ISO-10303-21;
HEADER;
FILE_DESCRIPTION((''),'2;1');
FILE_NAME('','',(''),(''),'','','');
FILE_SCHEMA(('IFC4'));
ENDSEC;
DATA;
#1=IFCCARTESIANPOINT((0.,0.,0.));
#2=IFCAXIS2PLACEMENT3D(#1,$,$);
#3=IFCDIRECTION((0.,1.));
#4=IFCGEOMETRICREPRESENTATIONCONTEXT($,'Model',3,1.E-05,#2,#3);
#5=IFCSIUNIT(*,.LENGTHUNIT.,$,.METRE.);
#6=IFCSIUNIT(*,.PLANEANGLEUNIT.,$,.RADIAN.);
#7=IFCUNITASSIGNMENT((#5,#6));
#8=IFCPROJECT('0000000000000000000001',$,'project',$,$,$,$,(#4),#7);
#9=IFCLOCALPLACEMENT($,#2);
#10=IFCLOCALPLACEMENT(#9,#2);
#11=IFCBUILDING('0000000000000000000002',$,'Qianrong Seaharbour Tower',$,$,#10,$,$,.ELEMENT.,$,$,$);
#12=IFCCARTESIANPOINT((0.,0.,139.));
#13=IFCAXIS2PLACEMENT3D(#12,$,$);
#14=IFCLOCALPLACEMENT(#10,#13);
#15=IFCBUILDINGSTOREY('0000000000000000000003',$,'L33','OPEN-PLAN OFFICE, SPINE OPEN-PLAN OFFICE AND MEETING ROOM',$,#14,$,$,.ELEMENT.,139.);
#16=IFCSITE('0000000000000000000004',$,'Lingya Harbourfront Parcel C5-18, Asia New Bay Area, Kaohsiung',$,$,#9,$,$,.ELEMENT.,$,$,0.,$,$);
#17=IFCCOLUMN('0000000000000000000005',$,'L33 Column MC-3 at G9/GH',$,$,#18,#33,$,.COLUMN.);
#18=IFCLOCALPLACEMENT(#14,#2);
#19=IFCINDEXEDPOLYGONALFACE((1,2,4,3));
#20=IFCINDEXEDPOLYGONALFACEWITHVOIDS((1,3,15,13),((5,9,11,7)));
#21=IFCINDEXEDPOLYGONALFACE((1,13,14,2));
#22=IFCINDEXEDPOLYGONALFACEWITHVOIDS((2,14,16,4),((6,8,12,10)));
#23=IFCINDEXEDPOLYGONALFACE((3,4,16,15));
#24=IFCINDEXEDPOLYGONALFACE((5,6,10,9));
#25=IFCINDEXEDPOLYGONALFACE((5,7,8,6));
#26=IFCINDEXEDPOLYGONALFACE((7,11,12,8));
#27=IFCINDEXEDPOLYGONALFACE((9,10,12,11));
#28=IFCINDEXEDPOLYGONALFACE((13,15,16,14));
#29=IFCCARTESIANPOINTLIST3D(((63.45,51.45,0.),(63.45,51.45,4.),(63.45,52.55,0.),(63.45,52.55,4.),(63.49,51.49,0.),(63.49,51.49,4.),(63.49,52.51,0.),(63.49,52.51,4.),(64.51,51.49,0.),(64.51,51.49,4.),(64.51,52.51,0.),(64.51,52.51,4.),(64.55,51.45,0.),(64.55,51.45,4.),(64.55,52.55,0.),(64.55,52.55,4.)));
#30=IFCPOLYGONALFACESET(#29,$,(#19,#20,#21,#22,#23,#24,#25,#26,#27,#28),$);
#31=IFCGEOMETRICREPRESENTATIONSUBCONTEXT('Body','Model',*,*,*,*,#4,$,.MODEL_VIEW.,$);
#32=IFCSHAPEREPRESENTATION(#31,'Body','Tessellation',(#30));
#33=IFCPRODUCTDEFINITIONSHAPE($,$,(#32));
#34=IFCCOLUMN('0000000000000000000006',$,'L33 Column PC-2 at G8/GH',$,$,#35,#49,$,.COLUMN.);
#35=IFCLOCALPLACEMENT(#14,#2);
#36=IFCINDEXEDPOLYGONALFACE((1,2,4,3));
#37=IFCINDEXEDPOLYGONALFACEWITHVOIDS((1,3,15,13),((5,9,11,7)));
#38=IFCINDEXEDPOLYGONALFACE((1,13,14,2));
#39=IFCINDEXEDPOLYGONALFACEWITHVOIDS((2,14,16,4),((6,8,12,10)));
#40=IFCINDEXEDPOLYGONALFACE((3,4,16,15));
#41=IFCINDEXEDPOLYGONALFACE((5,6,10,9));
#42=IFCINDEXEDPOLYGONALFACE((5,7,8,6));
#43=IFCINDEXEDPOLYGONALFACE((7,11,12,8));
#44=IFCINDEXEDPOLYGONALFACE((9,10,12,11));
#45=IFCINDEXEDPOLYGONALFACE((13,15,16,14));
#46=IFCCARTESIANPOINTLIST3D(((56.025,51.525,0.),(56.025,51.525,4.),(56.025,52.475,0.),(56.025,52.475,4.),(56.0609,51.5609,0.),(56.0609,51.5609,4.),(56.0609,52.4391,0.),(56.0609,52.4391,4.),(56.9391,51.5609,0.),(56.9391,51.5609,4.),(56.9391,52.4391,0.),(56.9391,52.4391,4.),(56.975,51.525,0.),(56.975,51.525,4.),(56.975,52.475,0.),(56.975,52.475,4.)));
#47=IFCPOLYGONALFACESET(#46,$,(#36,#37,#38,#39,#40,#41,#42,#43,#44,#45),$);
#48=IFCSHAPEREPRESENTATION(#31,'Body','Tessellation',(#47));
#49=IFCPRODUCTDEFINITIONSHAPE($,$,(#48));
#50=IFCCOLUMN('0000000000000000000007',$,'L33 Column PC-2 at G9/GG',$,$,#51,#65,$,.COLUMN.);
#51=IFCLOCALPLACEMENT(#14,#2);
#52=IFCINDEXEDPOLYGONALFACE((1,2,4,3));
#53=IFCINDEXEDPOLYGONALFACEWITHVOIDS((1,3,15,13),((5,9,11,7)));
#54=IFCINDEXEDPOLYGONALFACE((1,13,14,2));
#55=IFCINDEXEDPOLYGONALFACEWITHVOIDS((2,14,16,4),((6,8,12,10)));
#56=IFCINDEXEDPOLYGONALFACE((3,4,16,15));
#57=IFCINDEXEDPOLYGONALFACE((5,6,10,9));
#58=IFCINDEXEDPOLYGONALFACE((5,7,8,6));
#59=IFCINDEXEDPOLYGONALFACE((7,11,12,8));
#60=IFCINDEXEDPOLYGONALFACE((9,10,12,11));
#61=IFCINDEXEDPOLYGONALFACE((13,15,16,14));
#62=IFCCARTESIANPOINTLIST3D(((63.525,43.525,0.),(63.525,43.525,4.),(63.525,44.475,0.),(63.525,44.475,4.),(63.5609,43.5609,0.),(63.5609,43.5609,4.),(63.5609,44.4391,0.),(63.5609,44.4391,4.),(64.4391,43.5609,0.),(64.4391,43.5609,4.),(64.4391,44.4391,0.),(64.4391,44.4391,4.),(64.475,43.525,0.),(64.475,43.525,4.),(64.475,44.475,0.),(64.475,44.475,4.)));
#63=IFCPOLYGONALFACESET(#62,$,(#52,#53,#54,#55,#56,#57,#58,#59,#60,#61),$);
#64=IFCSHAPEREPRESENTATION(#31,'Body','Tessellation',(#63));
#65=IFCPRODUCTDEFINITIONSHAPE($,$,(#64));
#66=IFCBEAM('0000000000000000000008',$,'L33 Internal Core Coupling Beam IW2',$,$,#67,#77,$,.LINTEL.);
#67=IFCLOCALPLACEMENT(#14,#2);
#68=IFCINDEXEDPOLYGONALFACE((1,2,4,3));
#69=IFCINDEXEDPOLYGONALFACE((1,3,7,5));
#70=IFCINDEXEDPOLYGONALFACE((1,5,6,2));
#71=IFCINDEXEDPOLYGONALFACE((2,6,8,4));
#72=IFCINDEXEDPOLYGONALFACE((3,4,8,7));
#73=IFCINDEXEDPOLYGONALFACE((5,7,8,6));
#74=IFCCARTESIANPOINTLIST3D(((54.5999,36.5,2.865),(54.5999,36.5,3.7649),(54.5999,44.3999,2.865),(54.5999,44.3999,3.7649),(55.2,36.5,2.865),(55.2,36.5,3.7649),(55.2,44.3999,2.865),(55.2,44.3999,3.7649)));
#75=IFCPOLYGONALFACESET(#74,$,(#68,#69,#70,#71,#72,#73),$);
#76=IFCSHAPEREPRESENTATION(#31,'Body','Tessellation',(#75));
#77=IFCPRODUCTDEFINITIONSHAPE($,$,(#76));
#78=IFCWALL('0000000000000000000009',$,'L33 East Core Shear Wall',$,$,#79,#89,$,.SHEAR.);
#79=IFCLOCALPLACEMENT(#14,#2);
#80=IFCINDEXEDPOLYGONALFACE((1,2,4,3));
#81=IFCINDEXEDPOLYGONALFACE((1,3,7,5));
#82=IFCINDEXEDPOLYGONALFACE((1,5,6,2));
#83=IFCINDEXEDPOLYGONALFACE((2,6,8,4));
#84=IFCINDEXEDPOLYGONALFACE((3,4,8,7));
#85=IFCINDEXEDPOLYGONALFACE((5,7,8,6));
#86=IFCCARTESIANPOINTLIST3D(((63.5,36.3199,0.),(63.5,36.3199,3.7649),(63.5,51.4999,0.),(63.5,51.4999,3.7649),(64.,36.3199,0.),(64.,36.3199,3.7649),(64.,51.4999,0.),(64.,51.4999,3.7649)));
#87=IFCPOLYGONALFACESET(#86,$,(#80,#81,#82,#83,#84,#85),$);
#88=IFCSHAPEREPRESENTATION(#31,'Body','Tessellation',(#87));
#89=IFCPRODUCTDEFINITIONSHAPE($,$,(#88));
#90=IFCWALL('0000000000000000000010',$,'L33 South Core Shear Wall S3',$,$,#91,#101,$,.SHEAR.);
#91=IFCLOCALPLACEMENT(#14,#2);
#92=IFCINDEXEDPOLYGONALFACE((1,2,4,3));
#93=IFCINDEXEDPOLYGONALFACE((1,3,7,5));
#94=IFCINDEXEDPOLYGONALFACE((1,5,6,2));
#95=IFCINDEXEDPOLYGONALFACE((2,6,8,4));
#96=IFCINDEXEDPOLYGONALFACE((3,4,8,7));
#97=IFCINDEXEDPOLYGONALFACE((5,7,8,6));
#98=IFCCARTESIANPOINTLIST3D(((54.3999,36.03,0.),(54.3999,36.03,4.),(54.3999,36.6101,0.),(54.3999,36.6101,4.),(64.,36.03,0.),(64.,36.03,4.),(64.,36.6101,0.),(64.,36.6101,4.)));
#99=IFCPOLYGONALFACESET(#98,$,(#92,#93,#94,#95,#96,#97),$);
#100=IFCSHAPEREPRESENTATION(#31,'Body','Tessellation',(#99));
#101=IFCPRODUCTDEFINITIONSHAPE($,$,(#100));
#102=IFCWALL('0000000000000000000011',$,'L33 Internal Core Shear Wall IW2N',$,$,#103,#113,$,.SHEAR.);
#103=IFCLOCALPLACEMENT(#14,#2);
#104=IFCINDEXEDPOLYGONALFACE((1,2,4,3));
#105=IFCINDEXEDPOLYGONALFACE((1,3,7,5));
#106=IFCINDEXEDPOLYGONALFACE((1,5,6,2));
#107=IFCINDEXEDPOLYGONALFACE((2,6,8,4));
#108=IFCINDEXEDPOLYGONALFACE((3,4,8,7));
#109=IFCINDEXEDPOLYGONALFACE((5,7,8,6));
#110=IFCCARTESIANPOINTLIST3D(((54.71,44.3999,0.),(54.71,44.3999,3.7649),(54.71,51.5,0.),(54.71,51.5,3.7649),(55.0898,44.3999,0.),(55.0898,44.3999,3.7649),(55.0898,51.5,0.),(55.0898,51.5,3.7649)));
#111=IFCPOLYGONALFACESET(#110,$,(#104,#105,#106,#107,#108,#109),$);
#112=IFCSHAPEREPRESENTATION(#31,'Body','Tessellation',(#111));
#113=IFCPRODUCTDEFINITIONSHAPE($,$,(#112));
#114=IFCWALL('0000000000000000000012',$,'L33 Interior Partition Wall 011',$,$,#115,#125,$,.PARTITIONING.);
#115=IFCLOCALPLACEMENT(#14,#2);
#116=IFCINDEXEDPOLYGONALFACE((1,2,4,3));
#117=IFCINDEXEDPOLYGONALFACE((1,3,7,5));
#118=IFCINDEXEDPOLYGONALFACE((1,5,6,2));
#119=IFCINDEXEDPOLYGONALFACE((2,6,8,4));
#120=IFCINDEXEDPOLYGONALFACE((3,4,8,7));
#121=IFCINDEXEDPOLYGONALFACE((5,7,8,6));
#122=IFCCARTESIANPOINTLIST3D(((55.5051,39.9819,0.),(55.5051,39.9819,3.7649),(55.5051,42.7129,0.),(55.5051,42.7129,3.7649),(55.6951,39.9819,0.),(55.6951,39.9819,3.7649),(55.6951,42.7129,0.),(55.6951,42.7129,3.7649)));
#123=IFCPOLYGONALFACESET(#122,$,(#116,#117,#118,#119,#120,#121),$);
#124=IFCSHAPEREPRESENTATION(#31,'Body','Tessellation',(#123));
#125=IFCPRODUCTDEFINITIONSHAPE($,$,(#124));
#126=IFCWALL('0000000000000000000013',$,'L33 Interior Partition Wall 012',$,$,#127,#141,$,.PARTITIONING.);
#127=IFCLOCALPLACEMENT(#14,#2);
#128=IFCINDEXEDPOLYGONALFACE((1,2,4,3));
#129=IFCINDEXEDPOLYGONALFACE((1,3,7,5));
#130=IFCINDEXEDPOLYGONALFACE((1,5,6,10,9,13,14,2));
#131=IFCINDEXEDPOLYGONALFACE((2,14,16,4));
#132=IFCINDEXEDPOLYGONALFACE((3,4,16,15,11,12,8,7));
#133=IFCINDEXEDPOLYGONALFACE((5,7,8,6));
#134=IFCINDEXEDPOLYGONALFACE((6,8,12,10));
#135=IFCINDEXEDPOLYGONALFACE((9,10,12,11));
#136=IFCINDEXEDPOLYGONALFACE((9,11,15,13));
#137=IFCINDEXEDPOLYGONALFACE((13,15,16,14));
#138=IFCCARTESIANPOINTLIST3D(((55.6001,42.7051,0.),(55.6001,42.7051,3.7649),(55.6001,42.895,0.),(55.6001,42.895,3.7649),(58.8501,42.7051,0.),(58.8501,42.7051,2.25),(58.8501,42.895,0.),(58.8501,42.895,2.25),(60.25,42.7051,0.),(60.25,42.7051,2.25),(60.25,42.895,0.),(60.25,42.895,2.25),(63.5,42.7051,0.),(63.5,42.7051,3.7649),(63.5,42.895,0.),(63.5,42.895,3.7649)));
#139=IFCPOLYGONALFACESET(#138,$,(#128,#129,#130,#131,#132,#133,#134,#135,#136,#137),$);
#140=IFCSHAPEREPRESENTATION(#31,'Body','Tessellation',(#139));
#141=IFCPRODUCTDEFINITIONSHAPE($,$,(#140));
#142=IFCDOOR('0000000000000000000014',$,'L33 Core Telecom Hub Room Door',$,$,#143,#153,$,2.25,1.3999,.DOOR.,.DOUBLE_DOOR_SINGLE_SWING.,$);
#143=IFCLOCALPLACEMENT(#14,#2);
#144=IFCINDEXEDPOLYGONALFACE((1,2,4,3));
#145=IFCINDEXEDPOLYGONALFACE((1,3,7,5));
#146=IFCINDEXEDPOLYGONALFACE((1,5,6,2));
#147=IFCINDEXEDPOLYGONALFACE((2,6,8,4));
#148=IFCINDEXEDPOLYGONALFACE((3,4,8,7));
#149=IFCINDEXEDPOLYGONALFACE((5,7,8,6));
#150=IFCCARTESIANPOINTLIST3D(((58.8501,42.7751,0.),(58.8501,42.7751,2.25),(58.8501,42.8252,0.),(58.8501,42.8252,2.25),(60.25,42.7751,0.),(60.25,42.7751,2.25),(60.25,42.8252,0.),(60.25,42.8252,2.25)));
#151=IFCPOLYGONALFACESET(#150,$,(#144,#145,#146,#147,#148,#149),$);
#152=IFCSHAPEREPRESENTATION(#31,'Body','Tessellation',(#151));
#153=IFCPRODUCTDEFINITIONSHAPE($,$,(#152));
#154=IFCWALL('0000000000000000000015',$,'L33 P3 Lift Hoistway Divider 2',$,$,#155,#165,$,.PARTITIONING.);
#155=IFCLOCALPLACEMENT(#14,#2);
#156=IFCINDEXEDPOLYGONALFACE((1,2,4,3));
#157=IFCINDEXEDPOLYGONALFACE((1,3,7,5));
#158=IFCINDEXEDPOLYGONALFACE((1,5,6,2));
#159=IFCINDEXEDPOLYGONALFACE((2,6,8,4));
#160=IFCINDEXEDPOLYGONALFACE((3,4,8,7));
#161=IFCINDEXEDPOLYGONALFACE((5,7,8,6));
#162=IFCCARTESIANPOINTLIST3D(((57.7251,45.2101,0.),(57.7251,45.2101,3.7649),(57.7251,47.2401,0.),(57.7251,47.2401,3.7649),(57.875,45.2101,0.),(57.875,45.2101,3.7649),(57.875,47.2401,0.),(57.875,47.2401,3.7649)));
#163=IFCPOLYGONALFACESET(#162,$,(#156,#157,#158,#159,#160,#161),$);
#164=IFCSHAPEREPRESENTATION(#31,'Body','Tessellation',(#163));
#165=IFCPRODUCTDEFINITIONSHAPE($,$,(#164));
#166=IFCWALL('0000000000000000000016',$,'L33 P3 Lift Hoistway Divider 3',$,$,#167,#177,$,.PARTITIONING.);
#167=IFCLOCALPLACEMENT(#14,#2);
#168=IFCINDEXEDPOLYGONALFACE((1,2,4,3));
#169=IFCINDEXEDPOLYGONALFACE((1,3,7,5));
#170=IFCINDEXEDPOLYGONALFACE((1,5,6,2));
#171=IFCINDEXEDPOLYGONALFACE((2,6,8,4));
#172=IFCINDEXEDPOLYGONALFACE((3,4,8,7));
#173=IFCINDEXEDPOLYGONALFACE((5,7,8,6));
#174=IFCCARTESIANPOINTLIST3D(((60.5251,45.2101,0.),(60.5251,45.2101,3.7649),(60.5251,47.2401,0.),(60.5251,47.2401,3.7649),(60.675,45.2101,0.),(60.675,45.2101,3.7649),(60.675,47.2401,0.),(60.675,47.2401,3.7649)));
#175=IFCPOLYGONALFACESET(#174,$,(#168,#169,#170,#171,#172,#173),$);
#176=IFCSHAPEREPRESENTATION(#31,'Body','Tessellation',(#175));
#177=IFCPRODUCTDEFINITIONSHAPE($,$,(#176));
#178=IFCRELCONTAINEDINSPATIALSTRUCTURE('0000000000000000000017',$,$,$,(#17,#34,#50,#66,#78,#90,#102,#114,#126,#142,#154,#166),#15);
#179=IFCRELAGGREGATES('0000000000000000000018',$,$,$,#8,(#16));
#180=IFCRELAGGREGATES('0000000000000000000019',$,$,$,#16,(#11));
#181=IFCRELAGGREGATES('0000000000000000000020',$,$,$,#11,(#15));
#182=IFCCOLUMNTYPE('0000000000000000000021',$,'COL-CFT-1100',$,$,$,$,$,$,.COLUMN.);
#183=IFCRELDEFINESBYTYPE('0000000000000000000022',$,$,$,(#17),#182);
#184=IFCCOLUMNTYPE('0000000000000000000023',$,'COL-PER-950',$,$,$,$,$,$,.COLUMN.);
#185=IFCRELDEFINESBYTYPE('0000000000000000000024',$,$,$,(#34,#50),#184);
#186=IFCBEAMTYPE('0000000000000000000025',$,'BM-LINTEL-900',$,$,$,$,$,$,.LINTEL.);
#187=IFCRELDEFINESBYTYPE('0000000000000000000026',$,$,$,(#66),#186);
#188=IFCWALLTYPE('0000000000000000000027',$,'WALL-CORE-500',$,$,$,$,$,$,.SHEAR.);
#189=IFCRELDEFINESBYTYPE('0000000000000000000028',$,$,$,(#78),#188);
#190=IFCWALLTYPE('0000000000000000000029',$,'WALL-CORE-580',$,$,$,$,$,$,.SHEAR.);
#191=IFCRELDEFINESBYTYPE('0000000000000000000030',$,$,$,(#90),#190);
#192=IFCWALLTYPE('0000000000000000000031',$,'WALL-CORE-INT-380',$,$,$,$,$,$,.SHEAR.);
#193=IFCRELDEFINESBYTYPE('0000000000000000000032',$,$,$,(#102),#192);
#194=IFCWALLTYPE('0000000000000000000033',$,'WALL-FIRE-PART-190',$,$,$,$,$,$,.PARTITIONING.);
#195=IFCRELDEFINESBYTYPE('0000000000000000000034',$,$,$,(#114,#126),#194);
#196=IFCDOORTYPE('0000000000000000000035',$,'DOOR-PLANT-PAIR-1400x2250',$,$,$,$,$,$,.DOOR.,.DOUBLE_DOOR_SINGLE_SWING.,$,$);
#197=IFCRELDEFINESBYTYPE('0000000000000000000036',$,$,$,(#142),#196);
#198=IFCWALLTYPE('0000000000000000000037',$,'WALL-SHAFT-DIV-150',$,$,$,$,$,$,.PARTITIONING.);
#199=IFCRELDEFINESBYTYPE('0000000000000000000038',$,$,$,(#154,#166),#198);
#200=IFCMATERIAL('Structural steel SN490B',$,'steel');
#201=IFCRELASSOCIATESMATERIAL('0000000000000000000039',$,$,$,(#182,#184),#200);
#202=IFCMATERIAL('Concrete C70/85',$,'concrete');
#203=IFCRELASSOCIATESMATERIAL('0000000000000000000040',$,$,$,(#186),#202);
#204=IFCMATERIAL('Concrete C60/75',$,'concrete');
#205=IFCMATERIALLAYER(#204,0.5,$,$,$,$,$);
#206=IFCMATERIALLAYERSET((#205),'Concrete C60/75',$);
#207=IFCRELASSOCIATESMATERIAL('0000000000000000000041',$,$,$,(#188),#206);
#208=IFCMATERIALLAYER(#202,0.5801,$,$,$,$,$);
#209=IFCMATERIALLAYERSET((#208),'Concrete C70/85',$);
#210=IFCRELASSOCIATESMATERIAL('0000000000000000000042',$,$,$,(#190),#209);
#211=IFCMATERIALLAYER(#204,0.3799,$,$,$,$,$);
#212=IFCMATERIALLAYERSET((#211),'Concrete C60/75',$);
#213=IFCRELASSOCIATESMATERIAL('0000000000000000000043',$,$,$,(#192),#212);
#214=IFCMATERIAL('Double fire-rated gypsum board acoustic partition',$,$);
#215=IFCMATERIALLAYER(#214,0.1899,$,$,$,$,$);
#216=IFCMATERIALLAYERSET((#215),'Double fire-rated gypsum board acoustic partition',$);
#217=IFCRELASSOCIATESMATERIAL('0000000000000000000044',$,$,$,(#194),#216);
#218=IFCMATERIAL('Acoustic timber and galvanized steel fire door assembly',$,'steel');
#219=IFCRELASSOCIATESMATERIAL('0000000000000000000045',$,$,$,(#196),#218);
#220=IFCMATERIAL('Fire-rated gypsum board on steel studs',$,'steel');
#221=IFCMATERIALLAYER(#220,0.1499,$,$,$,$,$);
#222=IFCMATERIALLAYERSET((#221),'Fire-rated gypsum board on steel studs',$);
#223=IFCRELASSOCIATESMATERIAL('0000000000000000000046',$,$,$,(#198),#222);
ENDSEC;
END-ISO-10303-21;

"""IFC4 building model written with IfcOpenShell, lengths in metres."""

from ifc_helpers import new_model, si_unit, direction, frame, frame_2d, origin, origin_2d, place, context, subcontext, project, spatial, rectangle, hollow_rectangle, extrude, material, layer, layer_set, material_profile, profile_set, type_object, element, fill, save


model = new_model("IFC4")

# Units and contexts
model_context = context("Model", 3, precision=1e-05, world=origin(), true_north=direction((0.0, 1.0)))
body_context = subcontext(model_context, "Body", "Model", "MODEL_VIEW")
ifc_project = project(units=[si_unit("LENGTHUNIT", "METRE"), si_unit("PLANEANGLEUNIT", "RADIAN")], contexts=[model_context])

# Site, building, storey
site_placement = place(None, origin())
site = spatial("IfcSite", under=ifc_project, at=site_placement, Name="Lingya Harbourfront Parcel C5-18, Asia New Bay Area, Kaohsiung", CompositionType="ELEMENT", RefElevation=0.0)
building_placement = place(site_placement, origin())
building = spatial("IfcBuilding", under=site, at=building_placement, Name="Qianrong Seaharbour Tower", CompositionType="ELEMENT")
storey_placement = place(building_placement, frame((0.0, 0.0, 139.0)))
storey = spatial("IfcBuildingStorey", under=building, at=storey_placement, Name="L33", Description="OPEN-PLAN OFFICE, SPINE OPEN-PLAN OFFICE AND MEETING ROOM", CompositionType="ELEMENT", Elevation=139.0)

# Columns
ifc_material_1 = material(Name="Structural steel SN490B", Category="steel")
ifc_material_profile_1 = material_profile(ifc_material_1, hollow_rectangle(XDim=1.1001, YDim=1.1001, WallThickness=0.04, at=origin_2d()), Name="BOX1100x1100x40")
ifc_profile_set_1 = profile_set([ifc_material_profile_1], Name="Structural steel SN490B")
column_type_1 = type_object("IfcColumnType", Name="COL-CFT-1100", PredefinedType="COLUMN", material=ifc_profile_set_1)
column_placement = place(storey_placement, frame((64.0, 52.0, 0.0), z_axis=(0.0, 0.0, 1.0), x_axis=(1.0, 0.0, 0.0)))
element("IfcColumn", 1, at=column_placement, inside=storey, type_object=column_type_1, Name="L33 Column MC-3 at G9/GH", PredefinedType="COLUMN", context=body_context, shape_type="SweptSolid", body=[
    extrude(hollow_rectangle(XDim=1.1001, YDim=1.1001, WallThickness=0.04, at=origin_2d()), origin(), (0.0, 0.0, 1.0), 4.0),
])
ifc_material_profile_2 = material_profile(ifc_material_1, hollow_rectangle(XDim=0.95, YDim=0.95, WallThickness=0.0359, at=origin_2d()), Name="BOX950x950x36")
ifc_profile_set_2 = profile_set([ifc_material_profile_2], Name="Structural steel SN490B")
column_type_2 = type_object("IfcColumnType", Name="COL-PER-950", PredefinedType="COLUMN", material=ifc_profile_set_2)
for number, where, z_axis, x_axis, name in (
    (2, (56.5, 52.0, 0.0), (0.0, 0.0, 1.0), (1.0, 0.0, 0.0), "L33 Column PC-2 at G8/GH"),
    (3, (64.0, 44.0, 0.0), (0.0, 0.0, 1.0), (1.0, 0.0, 0.0), "L33 Column PC-2 at G9/GG"),
):
    element("IfcColumn", number, at=place(storey_placement, frame(where, z_axis=z_axis, x_axis=x_axis)), inside=storey, type_object=column_type_2, Name=name, PredefinedType="COLUMN", context=body_context, shape_type="SweptSolid", body=[
        extrude(hollow_rectangle(XDim=0.95, YDim=0.95, WallThickness=0.0359, at=origin_2d()), origin(), (0.0, 0.0, 1.0), 4.0),
    ])

# Beam
ifc_material_2 = material(Name="Concrete C70/85", Category="concrete")
ifc_material_profile_3 = material_profile(ifc_material_2, rectangle(XDim=0.6001, YDim=0.8999, at=origin_2d()), Name="RC600x900")
ifc_profile_set_3 = profile_set([ifc_material_profile_3], Name="Concrete C70/85")
beam_type = type_object("IfcBeamType", Name="BM-LINTEL-900", PredefinedType="LINTEL", material=ifc_profile_set_3)
beam_placement = place(storey_placement, frame((54.8999, 36.5, 3.3149), z_axis=(0.0, 1.0, 0.0), x_axis=(-1.0, 0.0, 0.0)))
element("IfcBeam", 4, at=beam_placement, inside=storey, type_object=beam_type, Name="L33 Internal Core Coupling Beam IW2", PredefinedType="LINTEL", context=body_context, shape_type="SweptSolid", body=[
    extrude(rectangle(XDim=0.6001, YDim=0.8999, at=origin_2d()), origin(), (0.0, 0.0, 1.0), 7.8999),
])

# Walls
ifc_material_3 = material(Name="Concrete C60/75", Category="concrete")
ifc_layer_1 = layer(ifc_material_3, 0.5)
ifc_layer_set_1 = layer_set([ifc_layer_1], Name="Concrete C60/75")
wall_type_1 = type_object("IfcWallType", Name="WALL-CORE-500", PredefinedType="SHEAR", material=ifc_layer_set_1)
wall_1_placement = place(storey_placement, frame((63.75, 36.3201, 0.0), z_axis=(0.0, 0.0, 1.0), x_axis=(0.0, 1.0, 0.0)))
element("IfcWall", 5, at=wall_1_placement, inside=storey, type_object=wall_type_1, Name="L33 East Core Shear Wall", PredefinedType="SHEAR", context=body_context, shape_type="SweptSolid", body=[
    extrude(rectangle(XDim=15.1799, YDim=0.5, at=frame_2d((7.5898, 0.0))), origin(), (0.0, 0.0, 1.0), 3.7649),
])
ifc_layer_2 = layer(ifc_material_2, 0.5801)
ifc_layer_set_2 = layer_set([ifc_layer_2], Name="Concrete C70/85")
wall_type_2 = type_object("IfcWallType", Name="WALL-CORE-580", PredefinedType="SHEAR", material=ifc_layer_set_2)
wall_2_placement = place(storey_placement, frame((54.3999, 36.3201, 0.0), z_axis=(0.0, 0.0, 1.0), x_axis=(1.0, 0.0, 0.0)))
element("IfcWall", 6, at=wall_2_placement, inside=storey, type_object=wall_type_2, Name="L33 South Core Shear Wall S3", PredefinedType="SHEAR", context=body_context, shape_type="SweptSolid", body=[
    extrude(rectangle(XDim=9.6001, YDim=0.5801, at=frame_2d((4.8, 0.0))), origin(), (0.0, 0.0, 1.0), 4.0),
])
ifc_layer_3 = layer(ifc_material_3, 0.3799)
ifc_layer_set_3 = layer_set([ifc_layer_3], Name="Concrete C60/75")
wall_type_3 = type_object("IfcWallType", Name="WALL-CORE-INT-380", PredefinedType="SHEAR", material=ifc_layer_set_3)
wall_3_placement = place(storey_placement, frame((54.8999, 44.3999, 0.0), z_axis=(0.0, 0.0, 1.0), x_axis=(0.0, 1.0, 0.0)))
element("IfcWall", 7, at=wall_3_placement, inside=storey, type_object=wall_type_3, Name="L33 Internal Core Shear Wall IW2N", PredefinedType="SHEAR", context=body_context, shape_type="SweptSolid", body=[
    extrude(rectangle(XDim=7.1001, YDim=0.3799, at=frame_2d((3.55, 0.0))), origin(), (0.0, 0.0, 1.0), 3.7649),
])

# Shared definitions
ifc_material_4 = material(Name="Double fire-rated gypsum board acoustic partition")
ifc_layer_4 = layer(ifc_material_4, 0.1899)
ifc_layer_set_4 = layer_set([ifc_layer_4], Name="Double fire-rated gypsum board acoustic partition")
wall_type_4 = type_object("IfcWallType", Name="WALL-FIRE-PART-190", PredefinedType="PARTITIONING", material=ifc_layer_set_4)
ifc_material_5 = material(Name="Acoustic timber and galvanized steel fire door assembly", Category="steel")

# Wall
wall_4_placement = place(storey_placement, frame((55.6001, 42.7129, 0.0), z_axis=(0.0, 0.0, 1.0), x_axis=(0.0, -1.0, 0.0)))
element("IfcWall", 8, at=wall_4_placement, inside=storey, type_object=wall_type_4, Name="L33 Interior Partition Wall 011", PredefinedType="PARTITIONING", context=body_context, shape_type="SweptSolid", body=[
    extrude(rectangle(XDim=2.731, YDim=0.1899, at=frame_2d((1.3655, 0.0))), origin(), (0.0, 0.0, 1.0), 3.7649),
])

# Wall, opening, door
wall_5_placement = place(storey_placement, frame((63.5, 42.8, 0.0), z_axis=(0.0, 0.0, 1.0), x_axis=(-1.0, 0.0, 0.0)))
wall_5 = element("IfcWall", 9, at=wall_5_placement, inside=storey, type_object=wall_type_4, Name="L33 Interior Partition Wall 012", PredefinedType="PARTITIONING", context=body_context, shape_type="SweptSolid", body=[
    extrude(rectangle(XDim=7.8999, YDim=0.1899, at=frame_2d((3.95, 0.0))), origin(), (0.0, 0.0, 1.0), 3.7649),
])
opening_1_placement = place(wall_5_placement, frame((3.25, 0.0, 0.0)))
opening_1 = element("IfcOpeningElement", 10, at=opening_1_placement, cuts=wall_5, PredefinedType="OPENING", context=body_context, shape_type="SweptSolid", body=[
    extrude(rectangle(XDim=1.3999, YDim=2.25, at=frame_2d((0.7, 1.125))), frame((0.0, 0.105, 0.0), z_axis=(0.0, -1.0, 0.0), x_axis=(1.0, 0.0, 0.0)), (0.0, 0.0, 1.0), 0.21),
])
door_type_1 = type_object("IfcDoorType", Name="DOOR-PLANT-PAIR-1400x2250", OperationType="DOUBLE_DOOR_SINGLE_SWING", PredefinedType="DOOR", material=ifc_material_5)
door_1_placement = place(opening_1_placement, origin())
door_1 = element("IfcDoor", 11, at=door_1_placement, inside=storey, type_object=door_type_1, Name="L33 Core Telecom Hub Room Door", OperationType="DOUBLE_DOOR_SINGLE_SWING", OverallHeight=2.25, OverallWidth=1.3999, PredefinedType="DOOR", context=body_context, shape_type="SweptSolid", body=[
    extrude(rectangle(XDim=1.3999, YDim=2.25, at=frame_2d((0.7, 1.125))), frame((0.0, 0.0249, 0.0), z_axis=(0.0, -1.0, 0.0), x_axis=(1.0, 0.0, 0.0)), (0.0, 0.0, 1.0), 0.05),
])
fill(opening_1, door_1)

# Walls
ifc_material_6 = material(Name="Fire-rated gypsum board on steel studs", Category="steel")
ifc_layer_5 = layer(ifc_material_6, 0.1499)
ifc_layer_set_5 = layer_set([ifc_layer_5], Name="Fire-rated gypsum board on steel studs")
wall_type_5 = type_object("IfcWallType", Name="WALL-SHAFT-DIV-150", PredefinedType="PARTITIONING", material=ifc_layer_set_5)
for number, where, z_axis, x_axis, name in (
    (12, (57.8, 45.21, 0.0), (0.0, 0.0, 1.0), (0.0, 1.0, 0.0), "L33 P3 Lift Hoistway Divider 2"),
    (13, (60.6001, 45.21, 0.0), (0.0, 0.0, 1.0), (0.0, 1.0, 0.0), "L33 P3 Lift Hoistway Divider 3"),
):
    element("IfcWall", number, at=place(storey_placement, frame(where, z_axis=z_axis, x_axis=x_axis)), inside=storey, type_object=wall_type_5, Name=name, PredefinedType="PARTITIONING", context=body_context, shape_type="SweptSolid", body=[
        extrude(rectangle(XDim=2.03, YDim=0.1499, at=frame_2d((1.0151, 0.0))), origin(), (0.0, 0.0, 1.0), 3.7649),
    ])

save(model, "model.ifc")
